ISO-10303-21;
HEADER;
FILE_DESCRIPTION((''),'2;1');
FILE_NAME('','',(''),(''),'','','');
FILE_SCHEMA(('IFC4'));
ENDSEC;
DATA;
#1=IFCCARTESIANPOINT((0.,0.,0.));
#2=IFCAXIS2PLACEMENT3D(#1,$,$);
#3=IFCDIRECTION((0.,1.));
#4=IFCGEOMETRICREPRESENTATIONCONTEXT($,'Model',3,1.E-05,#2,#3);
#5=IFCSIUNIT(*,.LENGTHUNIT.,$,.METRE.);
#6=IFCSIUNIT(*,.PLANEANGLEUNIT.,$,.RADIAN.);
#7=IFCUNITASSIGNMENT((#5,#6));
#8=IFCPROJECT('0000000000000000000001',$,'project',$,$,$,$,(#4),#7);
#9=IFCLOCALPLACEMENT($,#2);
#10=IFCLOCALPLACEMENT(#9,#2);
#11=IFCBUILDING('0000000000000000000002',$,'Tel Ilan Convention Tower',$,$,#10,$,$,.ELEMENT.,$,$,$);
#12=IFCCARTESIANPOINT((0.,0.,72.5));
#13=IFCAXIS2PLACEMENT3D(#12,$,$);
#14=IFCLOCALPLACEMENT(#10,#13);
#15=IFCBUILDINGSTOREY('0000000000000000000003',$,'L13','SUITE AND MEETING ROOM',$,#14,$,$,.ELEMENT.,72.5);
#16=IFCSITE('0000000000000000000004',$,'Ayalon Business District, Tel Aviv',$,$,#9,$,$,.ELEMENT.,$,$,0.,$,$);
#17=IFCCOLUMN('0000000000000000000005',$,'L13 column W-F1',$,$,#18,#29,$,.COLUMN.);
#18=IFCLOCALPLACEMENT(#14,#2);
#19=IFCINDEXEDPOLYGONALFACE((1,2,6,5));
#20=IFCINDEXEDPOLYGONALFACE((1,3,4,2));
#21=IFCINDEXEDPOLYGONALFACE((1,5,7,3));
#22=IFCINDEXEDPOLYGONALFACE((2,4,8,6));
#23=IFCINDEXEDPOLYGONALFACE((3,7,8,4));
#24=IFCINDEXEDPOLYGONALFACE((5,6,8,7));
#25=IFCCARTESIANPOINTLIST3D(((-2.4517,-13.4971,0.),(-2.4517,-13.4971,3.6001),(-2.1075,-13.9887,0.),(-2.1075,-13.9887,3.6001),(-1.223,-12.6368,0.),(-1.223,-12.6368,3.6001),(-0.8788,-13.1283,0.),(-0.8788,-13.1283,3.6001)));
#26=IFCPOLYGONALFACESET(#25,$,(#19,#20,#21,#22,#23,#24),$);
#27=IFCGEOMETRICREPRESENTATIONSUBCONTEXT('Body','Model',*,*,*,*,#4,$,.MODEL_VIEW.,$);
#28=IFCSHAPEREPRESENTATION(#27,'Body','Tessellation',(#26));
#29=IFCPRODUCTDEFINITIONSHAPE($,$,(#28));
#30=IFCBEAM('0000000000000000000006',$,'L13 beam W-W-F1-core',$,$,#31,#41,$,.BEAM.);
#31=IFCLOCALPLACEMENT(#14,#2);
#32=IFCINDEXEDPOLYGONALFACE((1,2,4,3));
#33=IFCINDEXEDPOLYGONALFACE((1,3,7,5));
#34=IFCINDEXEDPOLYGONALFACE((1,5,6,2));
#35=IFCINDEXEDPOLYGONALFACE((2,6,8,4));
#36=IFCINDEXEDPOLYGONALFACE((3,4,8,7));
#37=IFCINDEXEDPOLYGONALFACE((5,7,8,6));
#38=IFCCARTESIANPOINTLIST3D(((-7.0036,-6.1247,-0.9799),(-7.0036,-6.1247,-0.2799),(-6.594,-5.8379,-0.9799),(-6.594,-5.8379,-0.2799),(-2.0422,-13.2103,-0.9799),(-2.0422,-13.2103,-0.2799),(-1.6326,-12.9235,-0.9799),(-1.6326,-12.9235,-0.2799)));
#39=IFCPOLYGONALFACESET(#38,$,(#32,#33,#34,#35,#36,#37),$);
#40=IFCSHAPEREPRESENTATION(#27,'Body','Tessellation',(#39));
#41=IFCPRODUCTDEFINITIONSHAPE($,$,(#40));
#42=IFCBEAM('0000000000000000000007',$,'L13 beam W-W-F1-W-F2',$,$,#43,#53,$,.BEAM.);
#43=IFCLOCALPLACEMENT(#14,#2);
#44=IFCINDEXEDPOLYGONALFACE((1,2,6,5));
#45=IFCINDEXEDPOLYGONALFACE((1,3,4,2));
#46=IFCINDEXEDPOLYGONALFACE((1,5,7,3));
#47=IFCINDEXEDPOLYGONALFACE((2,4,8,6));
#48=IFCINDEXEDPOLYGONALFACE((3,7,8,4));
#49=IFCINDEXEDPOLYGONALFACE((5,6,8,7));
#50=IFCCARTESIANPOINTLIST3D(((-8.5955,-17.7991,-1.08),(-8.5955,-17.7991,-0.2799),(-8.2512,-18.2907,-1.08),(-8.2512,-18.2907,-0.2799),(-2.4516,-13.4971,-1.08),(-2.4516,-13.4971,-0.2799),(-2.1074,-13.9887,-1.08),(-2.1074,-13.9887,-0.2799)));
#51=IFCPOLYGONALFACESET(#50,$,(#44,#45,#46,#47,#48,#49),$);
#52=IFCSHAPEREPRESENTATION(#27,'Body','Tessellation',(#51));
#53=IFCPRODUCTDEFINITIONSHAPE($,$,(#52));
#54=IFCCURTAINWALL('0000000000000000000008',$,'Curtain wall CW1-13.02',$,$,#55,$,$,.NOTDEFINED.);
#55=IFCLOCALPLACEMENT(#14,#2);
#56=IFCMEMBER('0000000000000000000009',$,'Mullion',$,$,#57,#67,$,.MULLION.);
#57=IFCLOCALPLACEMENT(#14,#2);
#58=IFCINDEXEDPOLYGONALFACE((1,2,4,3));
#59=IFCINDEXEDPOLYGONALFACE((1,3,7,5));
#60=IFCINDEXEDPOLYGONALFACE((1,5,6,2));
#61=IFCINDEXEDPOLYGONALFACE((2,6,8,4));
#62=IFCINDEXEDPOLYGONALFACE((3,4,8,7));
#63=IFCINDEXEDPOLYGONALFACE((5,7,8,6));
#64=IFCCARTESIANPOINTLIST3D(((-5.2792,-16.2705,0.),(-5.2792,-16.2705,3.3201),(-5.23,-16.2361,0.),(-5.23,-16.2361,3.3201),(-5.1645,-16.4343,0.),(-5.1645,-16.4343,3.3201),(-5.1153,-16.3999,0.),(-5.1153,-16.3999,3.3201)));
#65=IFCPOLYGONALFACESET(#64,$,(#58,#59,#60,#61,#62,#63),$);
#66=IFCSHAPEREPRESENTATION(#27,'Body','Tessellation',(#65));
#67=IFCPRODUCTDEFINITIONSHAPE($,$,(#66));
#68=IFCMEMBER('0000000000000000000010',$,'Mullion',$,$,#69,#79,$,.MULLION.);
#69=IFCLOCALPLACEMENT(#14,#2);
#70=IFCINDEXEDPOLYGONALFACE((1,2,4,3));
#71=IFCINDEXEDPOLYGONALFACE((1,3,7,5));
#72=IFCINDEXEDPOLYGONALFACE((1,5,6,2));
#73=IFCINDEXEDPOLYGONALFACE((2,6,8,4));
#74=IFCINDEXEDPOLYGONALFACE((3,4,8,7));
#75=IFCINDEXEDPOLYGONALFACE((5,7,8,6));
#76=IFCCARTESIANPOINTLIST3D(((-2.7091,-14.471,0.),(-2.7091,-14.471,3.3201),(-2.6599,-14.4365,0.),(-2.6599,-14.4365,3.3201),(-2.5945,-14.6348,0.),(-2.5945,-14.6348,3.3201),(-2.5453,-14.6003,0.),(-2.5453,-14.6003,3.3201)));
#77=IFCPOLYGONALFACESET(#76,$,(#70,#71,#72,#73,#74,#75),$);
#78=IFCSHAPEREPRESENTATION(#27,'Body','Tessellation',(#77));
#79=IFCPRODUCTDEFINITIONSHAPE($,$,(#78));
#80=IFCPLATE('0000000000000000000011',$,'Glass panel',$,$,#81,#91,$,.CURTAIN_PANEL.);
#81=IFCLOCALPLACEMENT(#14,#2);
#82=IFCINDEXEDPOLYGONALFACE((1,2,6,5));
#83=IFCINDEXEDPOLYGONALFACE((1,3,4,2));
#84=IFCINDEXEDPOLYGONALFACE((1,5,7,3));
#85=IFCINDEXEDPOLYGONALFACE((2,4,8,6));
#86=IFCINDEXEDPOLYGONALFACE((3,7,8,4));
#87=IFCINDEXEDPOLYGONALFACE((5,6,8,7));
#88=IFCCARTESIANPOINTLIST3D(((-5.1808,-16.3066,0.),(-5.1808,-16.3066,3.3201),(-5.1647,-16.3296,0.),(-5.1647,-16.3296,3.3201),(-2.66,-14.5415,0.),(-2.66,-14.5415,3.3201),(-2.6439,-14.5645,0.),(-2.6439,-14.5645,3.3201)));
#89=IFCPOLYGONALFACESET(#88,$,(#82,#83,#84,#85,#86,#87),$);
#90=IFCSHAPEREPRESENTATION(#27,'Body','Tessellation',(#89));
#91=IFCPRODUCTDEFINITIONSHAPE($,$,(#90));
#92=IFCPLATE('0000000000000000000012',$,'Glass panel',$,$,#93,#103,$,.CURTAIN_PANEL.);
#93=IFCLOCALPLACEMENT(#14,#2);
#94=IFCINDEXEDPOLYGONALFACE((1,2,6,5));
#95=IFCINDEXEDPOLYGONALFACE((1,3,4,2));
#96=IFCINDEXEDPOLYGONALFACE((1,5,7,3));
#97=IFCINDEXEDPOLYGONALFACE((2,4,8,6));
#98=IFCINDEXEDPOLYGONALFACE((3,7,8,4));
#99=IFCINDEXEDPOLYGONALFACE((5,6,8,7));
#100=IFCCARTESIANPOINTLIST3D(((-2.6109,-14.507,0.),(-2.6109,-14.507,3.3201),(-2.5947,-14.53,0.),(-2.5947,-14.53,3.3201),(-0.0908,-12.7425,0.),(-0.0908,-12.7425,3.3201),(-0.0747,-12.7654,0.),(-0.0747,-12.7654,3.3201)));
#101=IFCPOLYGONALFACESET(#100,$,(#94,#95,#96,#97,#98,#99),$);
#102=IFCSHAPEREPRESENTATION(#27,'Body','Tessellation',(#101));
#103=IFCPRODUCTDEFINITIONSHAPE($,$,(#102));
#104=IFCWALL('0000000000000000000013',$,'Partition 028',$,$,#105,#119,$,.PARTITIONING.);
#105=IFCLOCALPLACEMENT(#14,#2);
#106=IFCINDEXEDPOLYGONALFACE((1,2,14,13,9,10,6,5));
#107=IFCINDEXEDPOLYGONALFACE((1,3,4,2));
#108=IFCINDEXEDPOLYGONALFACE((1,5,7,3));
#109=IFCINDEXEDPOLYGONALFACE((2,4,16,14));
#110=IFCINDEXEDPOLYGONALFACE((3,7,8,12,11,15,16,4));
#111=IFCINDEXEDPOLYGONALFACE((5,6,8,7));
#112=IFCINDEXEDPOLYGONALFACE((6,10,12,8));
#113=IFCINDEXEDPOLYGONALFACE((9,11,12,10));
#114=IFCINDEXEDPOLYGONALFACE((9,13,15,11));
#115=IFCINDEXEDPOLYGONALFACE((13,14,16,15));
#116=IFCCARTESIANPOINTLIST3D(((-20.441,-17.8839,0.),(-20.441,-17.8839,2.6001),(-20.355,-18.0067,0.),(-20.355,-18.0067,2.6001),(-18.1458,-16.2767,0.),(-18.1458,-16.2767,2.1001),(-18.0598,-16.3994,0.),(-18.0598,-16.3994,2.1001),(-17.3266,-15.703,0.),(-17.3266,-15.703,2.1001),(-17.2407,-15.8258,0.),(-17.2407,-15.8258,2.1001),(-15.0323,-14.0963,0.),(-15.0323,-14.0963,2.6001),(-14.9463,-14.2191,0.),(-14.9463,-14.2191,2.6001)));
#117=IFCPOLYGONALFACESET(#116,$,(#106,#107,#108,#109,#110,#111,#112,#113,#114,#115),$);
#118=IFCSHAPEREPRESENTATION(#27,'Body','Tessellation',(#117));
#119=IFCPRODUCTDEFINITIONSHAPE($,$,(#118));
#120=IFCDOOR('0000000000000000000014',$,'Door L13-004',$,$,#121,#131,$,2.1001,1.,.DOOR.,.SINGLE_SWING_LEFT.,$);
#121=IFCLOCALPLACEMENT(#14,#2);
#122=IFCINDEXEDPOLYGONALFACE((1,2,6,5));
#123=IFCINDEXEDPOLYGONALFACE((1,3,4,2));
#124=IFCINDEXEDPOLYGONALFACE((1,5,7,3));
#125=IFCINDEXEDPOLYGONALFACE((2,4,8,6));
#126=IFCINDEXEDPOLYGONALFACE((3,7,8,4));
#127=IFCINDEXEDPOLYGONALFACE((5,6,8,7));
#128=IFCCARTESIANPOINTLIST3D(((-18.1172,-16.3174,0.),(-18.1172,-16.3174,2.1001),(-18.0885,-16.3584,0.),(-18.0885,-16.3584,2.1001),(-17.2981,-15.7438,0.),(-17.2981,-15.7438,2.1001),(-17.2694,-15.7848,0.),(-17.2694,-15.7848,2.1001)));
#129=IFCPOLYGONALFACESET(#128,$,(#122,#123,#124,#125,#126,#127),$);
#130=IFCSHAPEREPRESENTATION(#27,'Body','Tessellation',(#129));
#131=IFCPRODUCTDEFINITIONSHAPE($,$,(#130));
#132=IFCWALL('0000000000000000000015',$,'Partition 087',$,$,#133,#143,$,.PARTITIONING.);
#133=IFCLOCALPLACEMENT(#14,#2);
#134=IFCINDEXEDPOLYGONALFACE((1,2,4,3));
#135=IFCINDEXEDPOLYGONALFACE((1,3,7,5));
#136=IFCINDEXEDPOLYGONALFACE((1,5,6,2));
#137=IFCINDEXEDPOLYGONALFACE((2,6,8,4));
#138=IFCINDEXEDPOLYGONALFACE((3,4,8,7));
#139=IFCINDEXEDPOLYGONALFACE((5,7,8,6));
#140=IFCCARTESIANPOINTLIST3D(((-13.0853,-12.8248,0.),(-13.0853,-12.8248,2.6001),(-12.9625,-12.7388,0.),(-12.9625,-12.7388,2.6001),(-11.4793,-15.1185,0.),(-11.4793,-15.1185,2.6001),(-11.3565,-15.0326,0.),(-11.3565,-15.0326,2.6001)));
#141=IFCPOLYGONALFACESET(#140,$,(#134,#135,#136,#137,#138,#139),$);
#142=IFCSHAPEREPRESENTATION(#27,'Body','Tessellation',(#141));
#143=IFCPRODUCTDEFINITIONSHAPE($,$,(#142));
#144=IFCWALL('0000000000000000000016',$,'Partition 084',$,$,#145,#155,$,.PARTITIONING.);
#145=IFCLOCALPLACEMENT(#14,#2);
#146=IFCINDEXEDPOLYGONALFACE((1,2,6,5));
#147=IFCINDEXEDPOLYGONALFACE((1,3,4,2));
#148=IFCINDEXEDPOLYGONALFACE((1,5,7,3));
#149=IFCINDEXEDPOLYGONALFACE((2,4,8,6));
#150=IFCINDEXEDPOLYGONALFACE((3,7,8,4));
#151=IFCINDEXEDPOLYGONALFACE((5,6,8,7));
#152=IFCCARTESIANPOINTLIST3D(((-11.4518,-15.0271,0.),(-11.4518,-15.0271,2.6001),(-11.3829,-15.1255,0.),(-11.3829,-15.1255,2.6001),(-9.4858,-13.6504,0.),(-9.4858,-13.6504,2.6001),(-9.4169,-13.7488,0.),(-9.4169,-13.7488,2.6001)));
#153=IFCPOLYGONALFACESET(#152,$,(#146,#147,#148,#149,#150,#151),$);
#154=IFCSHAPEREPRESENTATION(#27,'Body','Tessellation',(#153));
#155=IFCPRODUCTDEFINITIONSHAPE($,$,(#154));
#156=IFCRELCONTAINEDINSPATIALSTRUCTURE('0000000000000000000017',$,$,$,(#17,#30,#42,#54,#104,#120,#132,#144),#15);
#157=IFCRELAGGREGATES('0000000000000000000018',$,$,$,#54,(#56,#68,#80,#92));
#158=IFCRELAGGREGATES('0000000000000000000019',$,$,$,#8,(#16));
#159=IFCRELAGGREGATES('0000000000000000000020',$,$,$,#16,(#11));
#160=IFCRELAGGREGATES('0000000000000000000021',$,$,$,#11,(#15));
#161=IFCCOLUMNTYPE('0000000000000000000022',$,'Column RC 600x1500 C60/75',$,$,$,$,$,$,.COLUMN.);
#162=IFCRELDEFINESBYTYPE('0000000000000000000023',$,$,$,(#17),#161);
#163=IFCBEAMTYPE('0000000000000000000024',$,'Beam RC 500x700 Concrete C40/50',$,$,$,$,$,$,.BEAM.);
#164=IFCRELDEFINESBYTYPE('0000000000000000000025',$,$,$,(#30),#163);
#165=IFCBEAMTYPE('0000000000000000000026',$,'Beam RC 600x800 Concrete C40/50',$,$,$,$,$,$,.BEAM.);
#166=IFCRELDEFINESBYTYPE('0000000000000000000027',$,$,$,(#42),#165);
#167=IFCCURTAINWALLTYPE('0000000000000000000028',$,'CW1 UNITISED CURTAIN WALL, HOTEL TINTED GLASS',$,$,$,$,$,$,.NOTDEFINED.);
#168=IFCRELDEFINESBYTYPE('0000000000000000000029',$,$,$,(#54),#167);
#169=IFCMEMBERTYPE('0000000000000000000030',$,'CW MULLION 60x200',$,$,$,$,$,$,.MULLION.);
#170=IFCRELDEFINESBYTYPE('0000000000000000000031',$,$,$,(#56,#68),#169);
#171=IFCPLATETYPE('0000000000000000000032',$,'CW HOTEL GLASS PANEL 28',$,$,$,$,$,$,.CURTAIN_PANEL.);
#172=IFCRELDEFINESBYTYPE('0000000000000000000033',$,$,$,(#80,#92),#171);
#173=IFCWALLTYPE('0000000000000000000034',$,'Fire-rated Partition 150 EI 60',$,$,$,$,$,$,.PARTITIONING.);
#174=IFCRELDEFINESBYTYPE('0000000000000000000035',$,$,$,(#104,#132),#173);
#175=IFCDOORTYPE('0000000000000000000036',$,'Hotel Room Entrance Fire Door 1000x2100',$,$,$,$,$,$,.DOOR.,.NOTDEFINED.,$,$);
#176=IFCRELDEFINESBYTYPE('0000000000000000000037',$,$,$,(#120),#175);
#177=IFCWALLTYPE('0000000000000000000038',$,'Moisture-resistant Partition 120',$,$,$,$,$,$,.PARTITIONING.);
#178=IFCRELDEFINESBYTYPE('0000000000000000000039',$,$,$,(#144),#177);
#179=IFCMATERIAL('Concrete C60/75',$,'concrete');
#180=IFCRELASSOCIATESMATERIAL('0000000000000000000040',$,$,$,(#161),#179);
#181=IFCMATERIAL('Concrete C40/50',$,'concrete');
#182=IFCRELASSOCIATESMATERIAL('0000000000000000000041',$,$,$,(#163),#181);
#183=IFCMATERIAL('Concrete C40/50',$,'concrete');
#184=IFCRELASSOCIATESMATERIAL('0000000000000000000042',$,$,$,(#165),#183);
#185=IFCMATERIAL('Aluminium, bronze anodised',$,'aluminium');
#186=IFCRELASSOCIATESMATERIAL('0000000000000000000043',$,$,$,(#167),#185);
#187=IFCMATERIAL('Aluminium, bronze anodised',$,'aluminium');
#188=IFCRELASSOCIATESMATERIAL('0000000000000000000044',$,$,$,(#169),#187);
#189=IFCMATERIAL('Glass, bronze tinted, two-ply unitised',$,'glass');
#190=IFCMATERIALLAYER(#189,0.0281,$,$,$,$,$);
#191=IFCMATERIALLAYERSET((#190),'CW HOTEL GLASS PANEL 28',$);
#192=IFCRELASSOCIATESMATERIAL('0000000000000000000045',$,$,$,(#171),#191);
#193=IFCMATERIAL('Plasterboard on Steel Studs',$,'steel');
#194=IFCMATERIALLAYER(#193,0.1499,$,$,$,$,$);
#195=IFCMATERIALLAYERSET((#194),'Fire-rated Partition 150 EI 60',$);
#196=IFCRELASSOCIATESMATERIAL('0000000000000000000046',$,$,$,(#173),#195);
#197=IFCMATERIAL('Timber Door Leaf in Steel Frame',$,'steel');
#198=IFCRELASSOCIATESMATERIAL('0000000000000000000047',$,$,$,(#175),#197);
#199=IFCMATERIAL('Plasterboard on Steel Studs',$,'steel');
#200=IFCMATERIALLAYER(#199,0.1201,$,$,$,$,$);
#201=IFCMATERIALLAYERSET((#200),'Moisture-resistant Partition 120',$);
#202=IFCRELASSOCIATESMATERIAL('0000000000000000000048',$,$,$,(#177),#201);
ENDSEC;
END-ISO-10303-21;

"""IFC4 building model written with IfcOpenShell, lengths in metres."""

from ifc_helpers import new_model, si_unit, direction, frame, frame_2d, origin, origin_2d, place, context, subcontext, project, spatial, rectangle, extrude, material, layer, layer_set, material_profile, profile_set, type_object, element, fill, aggregate, save


model = new_model("IFC4")

# Units and contexts
model_context = context("Model", 3, precision=1e-05, world=origin(), true_north=direction((0.0, 1.0)))
body_context = subcontext(model_context, "Body", "Model", "MODEL_VIEW")
ifc_project = project(units=[si_unit("LENGTHUNIT", "METRE"), si_unit("PLANEANGLEUNIT", "RADIAN")], contexts=[model_context])

# Site, building, storey
site_placement = place(None, origin())
site = spatial("IfcSite", under=ifc_project, at=site_placement, Name="Ayalon Business District, Tel Aviv", CompositionType="ELEMENT", RefElevation=0.0)
building_placement = place(site_placement, origin())
building = spatial("IfcBuilding", under=site, at=building_placement, Name="Tel Ilan Convention Tower", CompositionType="ELEMENT")
storey_placement = place(building_placement, frame((0.0, 0.0, 72.5)))
storey = spatial("IfcBuildingStorey", under=building, at=storey_placement, Name="L13", Description="SUITE AND MEETING ROOM", CompositionType="ELEMENT", Elevation=72.5)

# Column
ifc_material_1 = material(Name="Concrete C60/75", Category="concrete")
ifc_material_profile_1 = material_profile(ifc_material_1, rectangle(XDim=1.5, YDim=0.6001, at=origin_2d()), Name="RC 600x1500")
ifc_profile_set_1 = profile_set([ifc_material_profile_1], Name="Concrete C60/75")
column_type = type_object("IfcColumnType", Name="Column RC 600x1500 C60/75", PredefinedType="COLUMN", material=ifc_profile_set_1)
column_placement = place(storey_placement, frame((-1.6653, -13.3127, 0.0), z_axis=(0.0, 0.0, 1.0), x_axis=(-0.819152, -0.573576, 0.0)))
element("IfcColumn", 1, at=column_placement, inside=storey, type_object=column_type, Name="L13 column W-F1", PredefinedType="COLUMN", context=body_context, shape_type="SweptSolid", body=[
    extrude(rectangle(XDim=1.5, YDim=0.6001, at=origin_2d()), origin(), (0.0, 0.0, 1.0), 3.6001),
])

# Beams
ifc_material_2 = material(Name="Concrete C40/50", Category="concrete")
ifc_material_profile_2 = material_profile(ifc_material_2, rectangle(XDim=0.5, YDim=0.7, at=origin_2d()), Name="RC 500x700")
ifc_profile_set_2 = profile_set([ifc_material_profile_2], Name="Concrete C40/50")
beam_type_1 = type_object("IfcBeamType", Name="Beam RC 500x700 Concrete C40/50", PredefinedType="BEAM", material=ifc_profile_set_2)
beam_1_placement = place(storey_placement, frame((-1.8374, -13.0669, -0.6299), z_axis=(-0.573574, 0.819154, 0.0), x_axis=(-0.819154, -0.573574, 0.0)))
element("IfcBeam", 2, at=beam_1_placement, inside=storey, type_object=beam_type_1, Name="L13 beam W-W-F1-core", PredefinedType="BEAM", context=body_context, shape_type="SweptSolid", body=[
    extrude(rectangle(XDim=0.5, YDim=0.7, at=origin_2d()), origin(), (0.0, 0.0, 1.0), 8.6499),
])
ifc_material_3 = material(Name="Concrete C40/50", Category="concrete")
ifc_material_profile_3 = material_profile(ifc_material_3, rectangle(XDim=0.6001, YDim=0.8, at=origin_2d()), Name="RC 600x800")
ifc_profile_set_3 = profile_set([ifc_material_profile_3], Name="Concrete C40/50")
beam_type_2 = type_object("IfcBeamType", Name="Beam RC 600x800 Concrete C40/50", PredefinedType="BEAM", material=ifc_profile_set_3)
beam_2_placement = place(storey_placement, frame((-2.2795, -13.7429, -0.6799), z_axis=(-0.819148, -0.573582, 0.0), x_axis=(0.573582, -0.819148, 0.0)))
element("IfcBeam", 3, at=beam_2_placement, inside=storey, type_object=beam_type_2, Name="L13 beam W-W-F1-W-F2", PredefinedType="BEAM", context=body_context, shape_type="SweptSolid", body=[
    extrude(rectangle(XDim=0.6001, YDim=0.8, at=origin_2d()), origin(), (0.0, 0.0, 1.0), 7.5002),
])

# Curtain wall, members, plates
ifc_material_4 = material(Name="Aluminium, bronze anodised", Category="aluminium")
curtain_wall_type = type_object("IfcCurtainWallType", Name="CW1 UNITISED CURTAIN WALL, HOTEL TINTED GLASS", PredefinedType="NOTDEFINED", material=ifc_material_4)
curtain_wall_placement = place(storey_placement, origin())
curtain_wall = element("IfcCurtainWall", 4, at=curtain_wall_placement, inside=storey, type_object=curtain_wall_type, Name="Curtain wall CW1-13.02", PredefinedType="NOTDEFINED")
ifc_material_5 = material(Name="Aluminium, bronze anodised", Category="aluminium")
ifc_material_profile_4 = material_profile(ifc_material_5, rectangle(XDim=0.0601, YDim=0.2, at=origin_2d()), Name="CW MULLION 60x200")
ifc_profile_set_4 = profile_set([ifc_material_profile_4], Name="Aluminium, bronze anodised")
member_type = type_object("IfcMemberType", Name="CW MULLION 60x200", PredefinedType="MULLION", material=ifc_profile_set_4)
member_1_placement = place(storey_placement, frame((-5.1973, -16.3352, 0.0), z_axis=(0.0, 0.0, 1.0), x_axis=(0.819152, 0.573576, 0.0)))
member_1 = element("IfcMember", 5, at=member_1_placement, type_object=member_type, Name="Mullion", PredefinedType="MULLION", context=body_context, shape_type="SweptSolid", body=[
    extrude(rectangle(XDim=0.0601, YDim=0.2, at=origin_2d()), origin(), (0.0, 0.0, 1.0), 3.3201),
])
member_2_placement = place(storey_placement, frame((-2.6272, -14.5356, 0.0), z_axis=(0.0, 0.0, 1.0), x_axis=(0.819152, 0.573576, 0.0)))
member_2 = element("IfcMember", 6, at=member_2_placement, type_object=member_type, Name="Mullion", PredefinedType="MULLION", context=body_context, shape_type="SweptSolid", body=[
    extrude(rectangle(XDim=0.0601, YDim=0.2, at=origin_2d()), origin(), (0.0, 0.0, 1.0), 3.3201),
])
ifc_material_6 = material(Name="Glass, bronze tinted, two-ply unitised", Category="glass")
ifc_layer_1 = layer(ifc_material_6, 0.0281)
ifc_layer_set_1 = layer_set([ifc_layer_1], Name="CW HOTEL GLASS PANEL 28")
plate_type = type_object("IfcPlateType", Name="CW HOTEL GLASS PANEL 28", PredefinedType="CURTAIN_PANEL", material=ifc_layer_set_1)
plate_1_placement = place(storey_placement, frame((-3.9124, -15.4355, 0.0), z_axis=(0.0, 0.0, 1.0), x_axis=(0.819152, 0.573576, 0.0)))
plate_1 = element("IfcPlate", 7, at=plate_1_placement, type_object=plate_type, Name="Glass panel", PredefinedType="CURTAIN_PANEL", context=body_context, shape_type="SweptSolid", body=[
    extrude(rectangle(XDim=3.0774, YDim=0.0281, at=origin_2d()), origin(), (0.0, 0.0, 1.0), 3.3201),
])
plate_2_placement = place(storey_placement, frame((-1.3428, -13.6362, 0.0), z_axis=(0.0, 0.0, 1.0), x_axis=(0.819152, 0.573576, 0.0)))
plate_2 = element("IfcPlate", 8, at=plate_2_placement, type_object=plate_type, Name="Glass panel", PredefinedType="CURTAIN_PANEL", context=body_context, shape_type="SweptSolid", body=[
    extrude(rectangle(XDim=3.0764, YDim=0.0281, at=origin_2d()), origin(), (0.0, 0.0, 1.0), 3.3201),
])
aggregate(curtain_wall, [member_1, member_2, plate_1, plate_2])

# Wall, opening, door
ifc_material_7 = material(Name="Plasterboard on Steel Studs", Category="steel")
ifc_layer_2 = layer(ifc_material_7, 0.1499)
ifc_layer_set_2 = layer_set([ifc_layer_2], Name="Fire-rated Partition 150 EI 60")
wall_type_1 = type_object("IfcWallType", Name="Fire-rated Partition 150 EI 60", PredefinedType="PARTITIONING", material=ifc_layer_set_2)
wall_1_placement = place(storey_placement, frame((-14.9893, -14.1577, 0.0), z_axis=(0.0, 0.0, 1.0), x_axis=(-0.819124, -0.573616, 0.0)))
wall_1 = element("IfcWall", 9, at=wall_1_placement, inside=storey, type_object=wall_type_1, Name="Partition 028", PredefinedType="PARTITIONING", context=body_context, shape_type="SweptSolid", body=[
    extrude(rectangle(XDim=6.603, YDim=0.1499, at=frame_2d((3.3015, 0.0))), origin(), (0.0, 0.0, 1.0), 2.6001),
])
opening_1_placement = place(wall_1_placement, frame((2.801, 0.0, 0.0)))
opening_1 = element("IfcOpeningElement", 10, at=opening_1_placement, cuts=wall_1, PredefinedType="OPENING", context=body_context, shape_type="SweptSolid", body=[
    extrude(rectangle(XDim=1.0, YDim=2.1001, at=frame_2d((0.5, 1.05))), frame((0.0, 0.085, 0.0), z_axis=(0.0, -1.0, 0.0), x_axis=(1.0, 0.0, 0.0)), (0.0, 0.0, 1.0), 0.1699),
])
ifc_material_8 = material(Name="Timber Door Leaf in Steel Frame", Category="steel")
door_type_1 = type_object("IfcDoorType", Name="Hotel Room Entrance Fire Door 1000x2100", OperationType="NOTDEFINED", PredefinedType="DOOR", material=ifc_material_8)
door_1_placement = place(opening_1_placement, origin())
door_1 = element("IfcDoor", 11, at=door_1_placement, inside=storey, type_object=door_type_1, Name="Door L13-004", OperationType="SINGLE_SWING_LEFT", OverallHeight=2.1001, OverallWidth=1.0, PredefinedType="DOOR", context=body_context, shape_type="SweptSolid", body=[
    extrude(rectangle(XDim=1.0, YDim=2.1001, at=frame_2d((0.5, 1.05))), frame((0.0, 0.0249, 0.0), z_axis=(0.0, -1.0, 0.0), x_axis=(1.0, 0.0, 0.0)), (0.0, 0.0, 1.0), 0.05),
])
fill(opening_1, door_1)

# Walls
wall_2_placement = place(storey_placement, frame((-11.418, -15.0754, 0.0), z_axis=(0.0, 0.0, 1.0), x_axis=(-0.57355, 0.81917, 0.0)))
element("IfcWall", 12, at=wall_2_placement, inside=storey, type_object=wall_type_1, Name="Partition 087", PredefinedType="PARTITIONING", context=body_context, shape_type="SweptSolid", body=[
    extrude(rectangle(XDim=2.8, YDim=0.1499, at=frame_2d((1.3999, 0.0))), origin(), (0.0, 0.0, 1.0), 2.6001),
])
ifc_material_9 = material(Name="Plasterboard on Steel Studs", Category="steel")
ifc_layer_3 = layer(ifc_material_9, 0.1201)
ifc_layer_set_3 = layer_set([ifc_layer_3], Name="Moisture-resistant Partition 120")
wall_type_2 = type_object("IfcWallType", Name="Moisture-resistant Partition 120", PredefinedType="PARTITIONING", material=ifc_layer_set_3)
wall_3_placement = place(storey_placement, frame((-11.4175, -15.0764, 0.0), z_axis=(0.0, 0.0, 1.0), x_axis=(0.819141, 0.573592, 0.0)))
element("IfcWall", 13, at=wall_3_placement, inside=storey, type_object=wall_type_2, Name="Partition 084", PredefinedType="PARTITIONING", context=body_context, shape_type="SweptSolid", body=[
    extrude(rectangle(XDim=2.4001, YDim=0.1201, at=frame_2d((1.2002, 0.0))), origin(), (0.0, 0.0, 1.0), 2.6001),
])

save(model, "model.ifc")
